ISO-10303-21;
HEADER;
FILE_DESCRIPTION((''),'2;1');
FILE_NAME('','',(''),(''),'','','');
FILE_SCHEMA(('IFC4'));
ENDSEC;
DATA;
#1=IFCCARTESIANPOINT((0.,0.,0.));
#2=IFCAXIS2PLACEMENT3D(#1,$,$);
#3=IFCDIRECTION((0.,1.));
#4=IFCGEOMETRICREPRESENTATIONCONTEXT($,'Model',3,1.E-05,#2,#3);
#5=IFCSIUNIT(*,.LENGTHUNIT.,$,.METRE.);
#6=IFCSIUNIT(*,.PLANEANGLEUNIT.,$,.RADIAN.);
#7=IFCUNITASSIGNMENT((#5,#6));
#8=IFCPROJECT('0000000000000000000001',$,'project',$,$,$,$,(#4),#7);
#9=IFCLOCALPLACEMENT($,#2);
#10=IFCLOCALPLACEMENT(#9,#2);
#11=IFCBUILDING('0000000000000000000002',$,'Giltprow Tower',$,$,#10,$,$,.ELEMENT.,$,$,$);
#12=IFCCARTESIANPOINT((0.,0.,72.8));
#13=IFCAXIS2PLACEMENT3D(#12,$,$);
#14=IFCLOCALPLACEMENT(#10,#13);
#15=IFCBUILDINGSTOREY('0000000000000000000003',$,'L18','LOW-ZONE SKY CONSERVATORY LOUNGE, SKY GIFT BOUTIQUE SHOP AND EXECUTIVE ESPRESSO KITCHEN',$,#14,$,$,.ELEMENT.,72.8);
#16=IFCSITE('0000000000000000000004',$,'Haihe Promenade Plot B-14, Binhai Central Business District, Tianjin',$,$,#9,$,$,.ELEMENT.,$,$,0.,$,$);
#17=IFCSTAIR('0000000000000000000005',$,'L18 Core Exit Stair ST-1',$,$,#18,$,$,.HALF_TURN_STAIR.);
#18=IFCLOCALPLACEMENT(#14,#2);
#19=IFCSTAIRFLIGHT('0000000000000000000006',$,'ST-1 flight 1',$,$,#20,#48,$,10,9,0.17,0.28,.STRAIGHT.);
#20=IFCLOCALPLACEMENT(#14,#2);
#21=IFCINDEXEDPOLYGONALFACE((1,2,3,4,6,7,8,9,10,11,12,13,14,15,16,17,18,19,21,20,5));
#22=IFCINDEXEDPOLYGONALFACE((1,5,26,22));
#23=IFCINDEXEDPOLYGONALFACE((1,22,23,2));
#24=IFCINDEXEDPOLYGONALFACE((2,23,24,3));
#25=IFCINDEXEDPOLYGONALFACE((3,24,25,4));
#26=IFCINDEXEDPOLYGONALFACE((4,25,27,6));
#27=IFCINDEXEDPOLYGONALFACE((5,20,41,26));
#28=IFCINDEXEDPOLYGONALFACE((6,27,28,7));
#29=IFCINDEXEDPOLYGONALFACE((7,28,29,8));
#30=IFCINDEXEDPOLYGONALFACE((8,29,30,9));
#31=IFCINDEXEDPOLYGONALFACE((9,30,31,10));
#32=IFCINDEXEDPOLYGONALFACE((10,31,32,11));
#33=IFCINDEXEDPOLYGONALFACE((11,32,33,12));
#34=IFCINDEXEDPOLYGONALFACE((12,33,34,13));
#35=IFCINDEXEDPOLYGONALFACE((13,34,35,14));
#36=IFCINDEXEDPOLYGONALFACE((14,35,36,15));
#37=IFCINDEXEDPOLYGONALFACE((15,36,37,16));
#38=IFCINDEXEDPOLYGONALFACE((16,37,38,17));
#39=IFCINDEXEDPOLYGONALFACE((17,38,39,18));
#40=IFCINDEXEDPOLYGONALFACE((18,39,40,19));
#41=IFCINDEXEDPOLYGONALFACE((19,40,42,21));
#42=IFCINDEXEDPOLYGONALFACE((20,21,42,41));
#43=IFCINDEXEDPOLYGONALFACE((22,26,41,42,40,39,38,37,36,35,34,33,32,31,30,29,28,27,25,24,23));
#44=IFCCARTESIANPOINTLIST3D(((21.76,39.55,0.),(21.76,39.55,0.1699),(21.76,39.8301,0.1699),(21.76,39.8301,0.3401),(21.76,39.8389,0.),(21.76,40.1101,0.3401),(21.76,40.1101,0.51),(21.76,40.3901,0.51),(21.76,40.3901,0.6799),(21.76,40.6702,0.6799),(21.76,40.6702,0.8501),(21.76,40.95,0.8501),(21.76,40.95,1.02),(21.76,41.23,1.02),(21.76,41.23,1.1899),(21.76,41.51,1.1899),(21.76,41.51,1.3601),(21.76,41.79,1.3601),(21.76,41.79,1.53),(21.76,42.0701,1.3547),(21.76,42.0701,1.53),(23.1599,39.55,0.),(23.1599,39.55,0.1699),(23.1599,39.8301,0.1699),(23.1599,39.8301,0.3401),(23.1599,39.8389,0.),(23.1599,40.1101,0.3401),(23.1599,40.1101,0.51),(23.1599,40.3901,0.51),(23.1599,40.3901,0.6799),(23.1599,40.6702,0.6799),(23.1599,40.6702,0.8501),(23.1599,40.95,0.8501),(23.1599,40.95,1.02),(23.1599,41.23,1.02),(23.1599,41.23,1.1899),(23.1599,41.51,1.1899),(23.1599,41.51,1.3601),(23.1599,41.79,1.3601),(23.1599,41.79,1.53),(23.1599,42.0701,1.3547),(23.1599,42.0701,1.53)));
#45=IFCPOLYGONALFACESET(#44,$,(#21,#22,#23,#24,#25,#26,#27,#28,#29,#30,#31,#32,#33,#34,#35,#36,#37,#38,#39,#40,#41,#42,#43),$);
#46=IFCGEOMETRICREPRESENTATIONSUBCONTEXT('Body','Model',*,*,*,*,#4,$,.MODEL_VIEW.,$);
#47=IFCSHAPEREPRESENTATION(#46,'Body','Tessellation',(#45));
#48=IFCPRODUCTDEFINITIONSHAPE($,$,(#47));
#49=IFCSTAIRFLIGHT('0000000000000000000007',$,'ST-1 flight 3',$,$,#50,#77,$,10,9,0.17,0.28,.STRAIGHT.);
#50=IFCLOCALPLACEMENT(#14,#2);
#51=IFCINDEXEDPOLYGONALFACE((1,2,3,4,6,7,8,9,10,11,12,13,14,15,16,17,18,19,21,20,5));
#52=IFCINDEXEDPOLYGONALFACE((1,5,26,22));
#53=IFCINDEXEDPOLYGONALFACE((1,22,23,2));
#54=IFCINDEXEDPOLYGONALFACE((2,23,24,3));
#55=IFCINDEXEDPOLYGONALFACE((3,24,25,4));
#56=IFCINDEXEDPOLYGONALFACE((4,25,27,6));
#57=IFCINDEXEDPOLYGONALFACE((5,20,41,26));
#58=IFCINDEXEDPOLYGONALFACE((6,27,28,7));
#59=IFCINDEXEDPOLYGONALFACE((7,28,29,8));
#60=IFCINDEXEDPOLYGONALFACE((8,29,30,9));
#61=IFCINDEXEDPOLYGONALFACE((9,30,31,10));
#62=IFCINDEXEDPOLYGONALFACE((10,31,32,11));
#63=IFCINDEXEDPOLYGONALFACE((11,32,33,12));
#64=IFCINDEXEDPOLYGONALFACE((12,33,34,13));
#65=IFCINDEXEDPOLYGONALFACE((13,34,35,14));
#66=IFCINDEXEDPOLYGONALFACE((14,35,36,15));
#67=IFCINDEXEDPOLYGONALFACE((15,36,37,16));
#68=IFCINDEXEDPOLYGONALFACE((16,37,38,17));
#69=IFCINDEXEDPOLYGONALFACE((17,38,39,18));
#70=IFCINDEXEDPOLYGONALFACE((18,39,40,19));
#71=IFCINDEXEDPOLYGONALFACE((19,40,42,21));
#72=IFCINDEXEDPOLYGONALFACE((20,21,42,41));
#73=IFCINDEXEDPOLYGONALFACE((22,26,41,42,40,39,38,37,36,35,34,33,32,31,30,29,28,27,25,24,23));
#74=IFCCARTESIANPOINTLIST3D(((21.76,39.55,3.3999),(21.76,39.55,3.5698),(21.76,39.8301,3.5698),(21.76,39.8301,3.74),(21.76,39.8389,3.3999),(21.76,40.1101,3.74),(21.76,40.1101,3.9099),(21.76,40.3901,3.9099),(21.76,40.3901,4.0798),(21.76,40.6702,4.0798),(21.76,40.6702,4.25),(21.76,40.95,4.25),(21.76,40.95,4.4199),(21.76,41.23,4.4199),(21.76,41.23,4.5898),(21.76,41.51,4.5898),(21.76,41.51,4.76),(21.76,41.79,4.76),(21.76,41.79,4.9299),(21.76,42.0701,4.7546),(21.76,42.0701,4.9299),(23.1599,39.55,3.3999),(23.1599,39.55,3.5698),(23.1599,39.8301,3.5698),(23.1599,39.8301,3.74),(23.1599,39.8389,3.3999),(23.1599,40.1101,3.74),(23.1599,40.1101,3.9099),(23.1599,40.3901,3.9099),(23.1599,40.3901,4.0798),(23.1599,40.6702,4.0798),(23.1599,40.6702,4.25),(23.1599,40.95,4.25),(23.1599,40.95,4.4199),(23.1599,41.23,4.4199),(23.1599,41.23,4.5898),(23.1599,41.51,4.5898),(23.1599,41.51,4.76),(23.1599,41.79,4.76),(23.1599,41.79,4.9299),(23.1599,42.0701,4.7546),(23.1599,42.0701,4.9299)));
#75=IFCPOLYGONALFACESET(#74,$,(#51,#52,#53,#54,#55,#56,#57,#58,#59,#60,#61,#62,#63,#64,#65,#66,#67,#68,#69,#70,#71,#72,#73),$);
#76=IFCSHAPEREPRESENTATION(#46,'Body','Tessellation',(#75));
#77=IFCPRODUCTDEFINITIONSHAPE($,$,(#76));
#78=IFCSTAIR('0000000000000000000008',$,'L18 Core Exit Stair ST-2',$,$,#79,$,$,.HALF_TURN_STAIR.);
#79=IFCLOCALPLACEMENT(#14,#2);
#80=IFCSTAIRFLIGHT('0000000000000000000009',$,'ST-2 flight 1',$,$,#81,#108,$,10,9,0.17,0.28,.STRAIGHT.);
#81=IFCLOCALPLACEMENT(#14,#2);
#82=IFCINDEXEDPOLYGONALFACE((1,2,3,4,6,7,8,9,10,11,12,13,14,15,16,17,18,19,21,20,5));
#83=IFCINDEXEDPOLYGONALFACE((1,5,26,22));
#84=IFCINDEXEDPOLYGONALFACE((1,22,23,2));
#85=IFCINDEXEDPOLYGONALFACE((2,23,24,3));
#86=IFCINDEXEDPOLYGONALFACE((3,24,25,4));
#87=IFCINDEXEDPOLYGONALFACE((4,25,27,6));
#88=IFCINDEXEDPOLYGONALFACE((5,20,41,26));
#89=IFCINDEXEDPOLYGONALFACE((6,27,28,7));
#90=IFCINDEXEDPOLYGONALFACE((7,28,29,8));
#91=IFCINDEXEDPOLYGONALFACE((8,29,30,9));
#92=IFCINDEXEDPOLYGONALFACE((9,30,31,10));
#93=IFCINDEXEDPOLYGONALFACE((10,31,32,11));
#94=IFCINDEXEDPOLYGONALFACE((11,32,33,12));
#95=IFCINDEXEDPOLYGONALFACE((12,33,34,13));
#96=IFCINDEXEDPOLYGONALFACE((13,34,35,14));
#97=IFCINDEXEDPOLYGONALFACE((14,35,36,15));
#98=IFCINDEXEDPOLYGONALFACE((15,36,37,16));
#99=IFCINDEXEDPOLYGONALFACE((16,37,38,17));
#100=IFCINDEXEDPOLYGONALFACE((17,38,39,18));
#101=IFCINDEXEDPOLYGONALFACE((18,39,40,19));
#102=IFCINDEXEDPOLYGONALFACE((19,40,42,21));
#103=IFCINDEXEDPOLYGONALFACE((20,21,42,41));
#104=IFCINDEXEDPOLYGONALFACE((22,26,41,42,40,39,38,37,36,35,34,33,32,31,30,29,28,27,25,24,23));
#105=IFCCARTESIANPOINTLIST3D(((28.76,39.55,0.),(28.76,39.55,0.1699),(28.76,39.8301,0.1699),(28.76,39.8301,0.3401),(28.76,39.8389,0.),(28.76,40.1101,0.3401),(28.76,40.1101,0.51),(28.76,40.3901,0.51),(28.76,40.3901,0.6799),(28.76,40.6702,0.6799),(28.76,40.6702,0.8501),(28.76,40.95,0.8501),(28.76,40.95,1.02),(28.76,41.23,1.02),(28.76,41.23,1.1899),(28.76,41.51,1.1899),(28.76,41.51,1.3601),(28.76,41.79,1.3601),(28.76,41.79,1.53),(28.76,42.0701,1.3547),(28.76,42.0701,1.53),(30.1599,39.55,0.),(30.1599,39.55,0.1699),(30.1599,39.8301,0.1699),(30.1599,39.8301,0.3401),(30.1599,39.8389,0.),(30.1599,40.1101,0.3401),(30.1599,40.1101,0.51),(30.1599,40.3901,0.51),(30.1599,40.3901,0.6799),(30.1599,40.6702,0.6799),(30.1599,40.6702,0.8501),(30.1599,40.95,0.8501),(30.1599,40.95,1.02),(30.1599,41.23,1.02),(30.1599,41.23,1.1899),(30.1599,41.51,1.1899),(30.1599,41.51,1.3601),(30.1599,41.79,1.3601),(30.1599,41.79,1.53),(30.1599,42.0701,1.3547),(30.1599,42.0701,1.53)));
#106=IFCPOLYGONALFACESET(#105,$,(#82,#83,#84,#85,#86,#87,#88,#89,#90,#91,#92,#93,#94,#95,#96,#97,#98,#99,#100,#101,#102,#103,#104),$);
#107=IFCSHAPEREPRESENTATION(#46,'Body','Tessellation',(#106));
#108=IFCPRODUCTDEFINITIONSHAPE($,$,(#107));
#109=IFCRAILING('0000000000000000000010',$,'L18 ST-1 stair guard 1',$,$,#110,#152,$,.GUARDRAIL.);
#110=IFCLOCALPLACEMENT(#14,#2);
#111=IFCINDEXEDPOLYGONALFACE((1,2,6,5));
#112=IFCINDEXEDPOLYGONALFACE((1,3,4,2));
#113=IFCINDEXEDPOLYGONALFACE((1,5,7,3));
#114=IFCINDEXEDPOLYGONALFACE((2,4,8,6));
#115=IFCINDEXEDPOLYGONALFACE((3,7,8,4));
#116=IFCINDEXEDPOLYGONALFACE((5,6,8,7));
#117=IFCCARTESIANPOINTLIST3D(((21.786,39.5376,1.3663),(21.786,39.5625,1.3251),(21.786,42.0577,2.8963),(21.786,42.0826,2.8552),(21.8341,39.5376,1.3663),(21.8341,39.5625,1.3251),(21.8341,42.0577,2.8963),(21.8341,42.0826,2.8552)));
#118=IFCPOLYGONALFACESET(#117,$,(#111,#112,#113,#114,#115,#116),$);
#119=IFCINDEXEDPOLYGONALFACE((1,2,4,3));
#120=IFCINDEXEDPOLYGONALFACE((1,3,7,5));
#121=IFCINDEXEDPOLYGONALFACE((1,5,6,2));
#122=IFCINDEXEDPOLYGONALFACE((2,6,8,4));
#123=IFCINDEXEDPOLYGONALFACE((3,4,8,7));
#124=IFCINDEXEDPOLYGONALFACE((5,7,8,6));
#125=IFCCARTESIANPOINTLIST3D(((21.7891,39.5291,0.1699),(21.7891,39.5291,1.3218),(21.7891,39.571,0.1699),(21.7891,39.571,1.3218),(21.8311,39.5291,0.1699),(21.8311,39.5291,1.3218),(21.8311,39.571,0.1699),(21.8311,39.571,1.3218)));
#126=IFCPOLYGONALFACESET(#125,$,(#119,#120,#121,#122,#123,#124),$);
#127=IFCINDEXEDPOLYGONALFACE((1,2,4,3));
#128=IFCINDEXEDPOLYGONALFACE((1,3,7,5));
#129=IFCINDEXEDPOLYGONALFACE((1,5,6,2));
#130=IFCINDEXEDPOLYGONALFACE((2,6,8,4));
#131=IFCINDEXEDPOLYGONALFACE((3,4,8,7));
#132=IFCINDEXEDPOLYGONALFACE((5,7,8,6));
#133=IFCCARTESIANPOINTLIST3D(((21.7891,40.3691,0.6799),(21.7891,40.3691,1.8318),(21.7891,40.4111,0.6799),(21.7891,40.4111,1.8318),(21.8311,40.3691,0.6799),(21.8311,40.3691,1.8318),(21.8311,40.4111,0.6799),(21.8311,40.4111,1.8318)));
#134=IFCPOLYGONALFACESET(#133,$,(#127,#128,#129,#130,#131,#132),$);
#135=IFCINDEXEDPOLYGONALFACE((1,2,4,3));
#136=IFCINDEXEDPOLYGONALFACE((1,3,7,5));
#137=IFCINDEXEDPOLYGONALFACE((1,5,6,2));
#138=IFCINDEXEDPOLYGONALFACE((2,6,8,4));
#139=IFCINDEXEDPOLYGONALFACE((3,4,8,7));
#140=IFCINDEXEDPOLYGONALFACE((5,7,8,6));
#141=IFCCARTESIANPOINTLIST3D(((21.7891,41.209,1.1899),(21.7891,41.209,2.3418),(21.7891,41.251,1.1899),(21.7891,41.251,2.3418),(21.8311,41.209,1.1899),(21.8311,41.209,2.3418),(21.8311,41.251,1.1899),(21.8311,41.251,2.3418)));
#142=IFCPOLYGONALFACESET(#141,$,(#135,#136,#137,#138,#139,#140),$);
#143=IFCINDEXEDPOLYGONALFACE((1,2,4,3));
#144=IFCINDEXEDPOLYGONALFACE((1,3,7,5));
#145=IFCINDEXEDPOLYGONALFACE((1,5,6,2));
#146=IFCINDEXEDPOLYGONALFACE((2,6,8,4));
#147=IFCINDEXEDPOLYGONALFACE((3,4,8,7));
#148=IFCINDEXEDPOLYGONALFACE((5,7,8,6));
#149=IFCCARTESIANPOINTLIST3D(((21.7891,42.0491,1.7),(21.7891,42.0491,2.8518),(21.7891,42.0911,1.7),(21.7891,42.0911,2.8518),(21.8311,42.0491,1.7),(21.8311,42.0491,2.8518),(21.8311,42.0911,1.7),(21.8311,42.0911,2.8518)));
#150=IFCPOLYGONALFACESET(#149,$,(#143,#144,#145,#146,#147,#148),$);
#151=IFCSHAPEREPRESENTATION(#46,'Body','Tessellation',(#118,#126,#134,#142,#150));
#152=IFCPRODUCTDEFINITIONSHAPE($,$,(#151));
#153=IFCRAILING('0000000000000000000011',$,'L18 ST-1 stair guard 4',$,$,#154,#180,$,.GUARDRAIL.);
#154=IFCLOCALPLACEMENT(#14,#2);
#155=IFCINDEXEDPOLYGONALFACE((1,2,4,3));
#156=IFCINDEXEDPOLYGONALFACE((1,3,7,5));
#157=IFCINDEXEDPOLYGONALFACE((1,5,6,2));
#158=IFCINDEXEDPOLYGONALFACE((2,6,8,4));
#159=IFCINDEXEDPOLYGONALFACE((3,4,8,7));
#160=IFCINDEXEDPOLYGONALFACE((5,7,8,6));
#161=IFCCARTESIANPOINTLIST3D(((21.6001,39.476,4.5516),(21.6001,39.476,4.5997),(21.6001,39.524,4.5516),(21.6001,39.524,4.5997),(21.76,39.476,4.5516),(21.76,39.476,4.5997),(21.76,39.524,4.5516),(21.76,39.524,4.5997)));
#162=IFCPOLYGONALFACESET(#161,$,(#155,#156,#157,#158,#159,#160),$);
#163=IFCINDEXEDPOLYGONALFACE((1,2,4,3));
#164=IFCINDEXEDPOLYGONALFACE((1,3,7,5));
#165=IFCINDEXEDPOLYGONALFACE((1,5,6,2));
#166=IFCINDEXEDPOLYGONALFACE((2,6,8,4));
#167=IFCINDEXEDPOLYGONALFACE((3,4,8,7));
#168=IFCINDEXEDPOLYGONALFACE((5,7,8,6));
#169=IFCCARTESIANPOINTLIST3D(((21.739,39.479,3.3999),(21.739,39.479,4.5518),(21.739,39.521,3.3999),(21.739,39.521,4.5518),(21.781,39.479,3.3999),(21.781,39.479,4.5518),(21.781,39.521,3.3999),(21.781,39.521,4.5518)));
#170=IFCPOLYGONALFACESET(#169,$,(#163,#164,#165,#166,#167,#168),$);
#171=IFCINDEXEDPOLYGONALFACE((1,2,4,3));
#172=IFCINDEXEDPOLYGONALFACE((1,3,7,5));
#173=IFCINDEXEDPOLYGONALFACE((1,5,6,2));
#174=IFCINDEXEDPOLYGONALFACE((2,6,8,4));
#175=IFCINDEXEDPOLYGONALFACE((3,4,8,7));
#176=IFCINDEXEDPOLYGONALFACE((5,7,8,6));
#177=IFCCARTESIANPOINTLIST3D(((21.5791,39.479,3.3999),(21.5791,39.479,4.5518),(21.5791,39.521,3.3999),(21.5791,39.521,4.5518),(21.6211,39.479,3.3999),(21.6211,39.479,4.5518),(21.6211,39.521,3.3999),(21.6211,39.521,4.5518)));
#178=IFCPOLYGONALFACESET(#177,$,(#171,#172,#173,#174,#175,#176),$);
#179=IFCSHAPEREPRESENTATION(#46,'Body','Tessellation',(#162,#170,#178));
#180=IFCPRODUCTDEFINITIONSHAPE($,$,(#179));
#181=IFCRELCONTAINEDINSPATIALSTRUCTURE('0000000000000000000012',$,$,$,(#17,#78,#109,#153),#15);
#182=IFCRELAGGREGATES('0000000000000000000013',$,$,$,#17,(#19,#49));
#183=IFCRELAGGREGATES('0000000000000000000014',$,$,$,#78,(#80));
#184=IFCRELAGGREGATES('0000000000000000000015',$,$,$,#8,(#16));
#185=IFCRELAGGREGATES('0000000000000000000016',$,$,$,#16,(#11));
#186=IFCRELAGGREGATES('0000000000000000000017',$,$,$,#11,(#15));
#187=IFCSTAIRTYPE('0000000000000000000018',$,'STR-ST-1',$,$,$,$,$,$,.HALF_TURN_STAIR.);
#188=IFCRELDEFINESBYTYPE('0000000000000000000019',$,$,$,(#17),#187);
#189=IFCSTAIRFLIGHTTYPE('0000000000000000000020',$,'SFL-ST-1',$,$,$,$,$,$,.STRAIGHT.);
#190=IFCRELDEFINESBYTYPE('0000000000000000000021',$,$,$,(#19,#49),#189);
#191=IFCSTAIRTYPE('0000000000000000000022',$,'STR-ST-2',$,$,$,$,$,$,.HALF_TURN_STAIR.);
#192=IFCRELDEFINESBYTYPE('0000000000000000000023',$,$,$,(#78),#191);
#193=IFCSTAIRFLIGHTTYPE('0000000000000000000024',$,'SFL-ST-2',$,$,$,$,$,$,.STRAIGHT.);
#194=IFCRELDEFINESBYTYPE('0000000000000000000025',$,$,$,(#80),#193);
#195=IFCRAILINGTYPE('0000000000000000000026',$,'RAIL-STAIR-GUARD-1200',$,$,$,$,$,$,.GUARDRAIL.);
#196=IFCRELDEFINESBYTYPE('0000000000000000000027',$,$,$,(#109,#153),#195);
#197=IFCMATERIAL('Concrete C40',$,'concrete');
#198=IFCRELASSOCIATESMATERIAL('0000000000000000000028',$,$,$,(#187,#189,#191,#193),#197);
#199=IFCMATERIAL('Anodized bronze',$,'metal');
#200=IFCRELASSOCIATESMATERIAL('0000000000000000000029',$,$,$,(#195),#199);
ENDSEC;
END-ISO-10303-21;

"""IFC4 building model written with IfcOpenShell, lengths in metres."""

from ifc_helpers import new_model, si_unit, direction, frame, origin, origin_2d, place, context, subcontext, project, spatial, polyline, rectangle, outline, extrude, material, type_object, element, aggregate, save


model = new_model("IFC4")

# Units and contexts
model_context = context("Model", 3, precision=1e-05, world=origin(), true_north=direction((0.0, 1.0)))
body_context = subcontext(model_context, "Body", "Model", "MODEL_VIEW")
ifc_project = project(units=[si_unit("LENGTHUNIT", "METRE"), si_unit("PLANEANGLEUNIT", "RADIAN")], contexts=[model_context])

# Site, building, storey
site_placement = place(None, origin())
site = spatial("IfcSite", under=ifc_project, at=site_placement, Name="Haihe Promenade Plot B-14, Binhai Central Business District, Tianjin", CompositionType="ELEMENT", RefElevation=0.0)
building_placement = place(site_placement, origin())
building = spatial("IfcBuilding", under=site, at=building_placement, Name="Giltprow Tower", CompositionType="ELEMENT")
storey_placement = place(building_placement, frame((0.0, 0.0, 72.8)))
storey = spatial("IfcBuildingStorey", under=building, at=storey_placement, Name="L18", Description="LOW-ZONE SKY CONSERVATORY LOUNGE, SKY GIFT BOUTIQUE SHOP AND EXECUTIVE ESPRESSO KITCHEN", CompositionType="ELEMENT", Elevation=72.8)

# Shared definitions
ifc_material_1 = material(Name="Concrete C40", Category="concrete")

# Stair, stair flights
stair_type_1 = type_object("IfcStairType", Name="STR-ST-1", PredefinedType="HALF_TURN_STAIR", material=ifc_material_1)
stair_1_placement = place(storey_placement, origin())
stair_1 = element("IfcStair", 1, at=stair_1_placement, inside=storey, type_object=stair_type_1, Name="L18 Core Exit Stair ST-1", PredefinedType="HALF_TURN_STAIR")
stair_flight_type_1 = type_object("IfcStairFlightType", Name="SFL-ST-1", PredefinedType="STRAIGHT", material=ifc_material_1)
stair_flight_1_placement = place(storey_placement, frame((22.46, 39.55, 0.0), z_axis=(0.0, 0.0, 1.0), x_axis=(0.0, 1.0, 0.0)))
stair_flight_1 = element("IfcStairFlight", 2, at=stair_flight_1_placement, type_object=stair_flight_type_1, Name="ST-1 flight 1", NumberOfRisers=10, NumberOfTreads=9, PredefinedType="STRAIGHT", RiserHeight=0.17, TreadLength=0.28, context=body_context, shape_type="SweptSolid", body=[
    extrude(outline(polyline([(0.0, 0.0), (0.0, 0.1699), (0.28, 0.1699), (0.28, 0.3401), (0.5601, 0.3401), (0.5601, 0.51), (0.8401, 0.51), (0.8401, 0.6799), (1.1201, 0.6799), (1.1201, 0.8501), (1.3999, 0.8501), (1.3999, 1.02), (1.6799, 1.02), (1.6799, 1.1899), (1.96, 1.1899), (1.96, 1.3601), (2.24, 1.3601), (2.24, 1.53), (2.52, 1.53), (2.52, 1.7), (2.52, 1.3547), (0.2888, 0.0), (0.0, 0.0)])), frame((0.0, 0.7, 0.0), z_axis=(0.0, -1.0, 0.0), x_axis=(1.0, 0.0, 0.0)), (0.0, 0.0, 1.0), 1.3999),
])
stair_flight_2_placement = place(storey_placement, frame((22.46, 39.55, 3.3999), z_axis=(0.0, 0.0, 1.0), x_axis=(0.0, 1.0, 0.0)))
stair_flight_2 = element("IfcStairFlight", 3, at=stair_flight_2_placement, type_object=stair_flight_type_1, Name="ST-1 flight 3", NumberOfRisers=10, NumberOfTreads=9, PredefinedType="STRAIGHT", RiserHeight=0.17, TreadLength=0.28, context=body_context, shape_type="SweptSolid", body=[
    extrude(outline(polyline([(0.0, 0.0), (0.0, 0.1699), (0.28, 0.1699), (0.28, 0.3401), (0.5601, 0.3401), (0.5601, 0.51), (0.8401, 0.51), (0.8401, 0.6799), (1.1201, 0.6799), (1.1201, 0.8501), (1.3999, 0.8501), (1.3999, 1.02), (1.6799, 1.02), (1.6799, 1.1899), (1.96, 1.1899), (1.96, 1.3601), (2.24, 1.3601), (2.24, 1.53), (2.52, 1.53), (2.52, 1.7), (2.52, 1.3547), (0.2888, 0.0), (0.0, 0.0)])), frame((0.0, 0.7, 0.0), z_axis=(0.0, -1.0, 0.0), x_axis=(1.0, 0.0, 0.0)), (0.0, 0.0, 1.0), 1.3999),
])
aggregate(stair_1, [stair_flight_1, stair_flight_2])

# Stair, stair flight
stair_type_2 = type_object("IfcStairType", Name="STR-ST-2", PredefinedType="HALF_TURN_STAIR", material=ifc_material_1)
stair_2_placement = place(storey_placement, origin())
stair_2 = element("IfcStair", 4, at=stair_2_placement, inside=storey, type_object=stair_type_2, Name="L18 Core Exit Stair ST-2", PredefinedType="HALF_TURN_STAIR")
stair_flight_type_2 = type_object("IfcStairFlightType", Name="SFL-ST-2", PredefinedType="STRAIGHT", material=ifc_material_1)
stair_flight_3_placement = place(storey_placement, frame((29.46, 39.55, 0.0), z_axis=(0.0, 0.0, 1.0), x_axis=(0.0, 1.0, 0.0)))
stair_flight_3 = element("IfcStairFlight", 5, at=stair_flight_3_placement, type_object=stair_flight_type_2, Name="ST-2 flight 1", NumberOfRisers=10, NumberOfTreads=9, PredefinedType="STRAIGHT", RiserHeight=0.17, TreadLength=0.28, context=body_context, shape_type="SweptSolid", body=[
    extrude(outline(polyline([(0.0, 0.0), (0.0, 0.1699), (0.28, 0.1699), (0.28, 0.3401), (0.5601, 0.3401), (0.5601, 0.51), (0.8401, 0.51), (0.8401, 0.6799), (1.1201, 0.6799), (1.1201, 0.8501), (1.3999, 0.8501), (1.3999, 1.02), (1.6799, 1.02), (1.6799, 1.1899), (1.96, 1.1899), (1.96, 1.3601), (2.24, 1.3601), (2.24, 1.53), (2.52, 1.53), (2.52, 1.7), (2.52, 1.3547), (0.2888, 0.0), (0.0, 0.0)])), frame((0.0, 0.7, 0.0), z_axis=(0.0, -1.0, 0.0), x_axis=(1.0, 0.0, 0.0)), (0.0, 0.0, 1.0), 1.3999),
])
aggregate(stair_2, [stair_flight_3])

# Railings
ifc_material_2 = material(Name="Anodized bronze", Category="metal")
railing_type_1 = type_object("IfcRailingType", Name="RAIL-STAIR-GUARD-1200", PredefinedType="GUARDRAIL", material=ifc_material_2)
railing_1_placement = place(storey_placement, frame((21.8101, 39.55, 0.1699)))
element("IfcRailing", 6, at=railing_1_placement, inside=storey, type_object=railing_type_1, Name="L18 ST-1 stair guard 1", PredefinedType="GUARDRAIL", context=body_context, shape_type="SweptSolid", body=[
    extrude(rectangle(XDim=0.0481, YDim=0.0481, at=origin_2d()), frame((0.0, 0.0, 1.1758), z_axis=(0.0, 0.854785, 0.518982), x_axis=(-1.0, 0.0, 0.0)), (0.0, 0.0, 1.0), 2.9482),
    extrude(rectangle(XDim=0.042, YDim=0.042, at=origin_2d()), origin(), (0.0, 0.0, 1.0), 1.1519),
    extrude(rectangle(XDim=0.042, YDim=0.042, at=origin_2d()), frame((0.0, 0.8401, 0.51)), (0.0, 0.0, 1.0), 1.1519),
    extrude(rectangle(XDim=0.042, YDim=0.042, at=origin_2d()), frame((0.0, 1.6799, 1.02)), (0.0, 0.0, 1.0), 1.1519),
    extrude(rectangle(XDim=0.042, YDim=0.042, at=origin_2d()), frame((0.0, 2.52, 1.53)), (0.0, 0.0, 1.0), 1.1519),
])
railing_2_placement = place(storey_placement, frame((21.76, 39.5, 3.3999)))
element("IfcRailing", 7, at=railing_2_placement, inside=storey, type_object=railing_type_1, Name="L18 ST-1 stair guard 4", PredefinedType="GUARDRAIL", context=body_context, shape_type="SweptSolid", body=[
    extrude(rectangle(XDim=0.0481, YDim=0.0481, at=origin_2d()), frame((0.0, 0.0, 1.1758), z_axis=(-1.0, 0.0, 0.0), x_axis=(0.0, -1.0, 0.0)), (0.0, 0.0, 1.0), 0.1599),
    extrude(rectangle(XDim=0.042, YDim=0.042, at=origin_2d()), origin(), (0.0, 0.0, 1.0), 1.1519),
    extrude(rectangle(XDim=0.042, YDim=0.042, at=origin_2d()), frame((-0.1599, 0.0, 0.0)), (0.0, 0.0, 1.0), 1.1519),
])

save(model, "model.ifc")
